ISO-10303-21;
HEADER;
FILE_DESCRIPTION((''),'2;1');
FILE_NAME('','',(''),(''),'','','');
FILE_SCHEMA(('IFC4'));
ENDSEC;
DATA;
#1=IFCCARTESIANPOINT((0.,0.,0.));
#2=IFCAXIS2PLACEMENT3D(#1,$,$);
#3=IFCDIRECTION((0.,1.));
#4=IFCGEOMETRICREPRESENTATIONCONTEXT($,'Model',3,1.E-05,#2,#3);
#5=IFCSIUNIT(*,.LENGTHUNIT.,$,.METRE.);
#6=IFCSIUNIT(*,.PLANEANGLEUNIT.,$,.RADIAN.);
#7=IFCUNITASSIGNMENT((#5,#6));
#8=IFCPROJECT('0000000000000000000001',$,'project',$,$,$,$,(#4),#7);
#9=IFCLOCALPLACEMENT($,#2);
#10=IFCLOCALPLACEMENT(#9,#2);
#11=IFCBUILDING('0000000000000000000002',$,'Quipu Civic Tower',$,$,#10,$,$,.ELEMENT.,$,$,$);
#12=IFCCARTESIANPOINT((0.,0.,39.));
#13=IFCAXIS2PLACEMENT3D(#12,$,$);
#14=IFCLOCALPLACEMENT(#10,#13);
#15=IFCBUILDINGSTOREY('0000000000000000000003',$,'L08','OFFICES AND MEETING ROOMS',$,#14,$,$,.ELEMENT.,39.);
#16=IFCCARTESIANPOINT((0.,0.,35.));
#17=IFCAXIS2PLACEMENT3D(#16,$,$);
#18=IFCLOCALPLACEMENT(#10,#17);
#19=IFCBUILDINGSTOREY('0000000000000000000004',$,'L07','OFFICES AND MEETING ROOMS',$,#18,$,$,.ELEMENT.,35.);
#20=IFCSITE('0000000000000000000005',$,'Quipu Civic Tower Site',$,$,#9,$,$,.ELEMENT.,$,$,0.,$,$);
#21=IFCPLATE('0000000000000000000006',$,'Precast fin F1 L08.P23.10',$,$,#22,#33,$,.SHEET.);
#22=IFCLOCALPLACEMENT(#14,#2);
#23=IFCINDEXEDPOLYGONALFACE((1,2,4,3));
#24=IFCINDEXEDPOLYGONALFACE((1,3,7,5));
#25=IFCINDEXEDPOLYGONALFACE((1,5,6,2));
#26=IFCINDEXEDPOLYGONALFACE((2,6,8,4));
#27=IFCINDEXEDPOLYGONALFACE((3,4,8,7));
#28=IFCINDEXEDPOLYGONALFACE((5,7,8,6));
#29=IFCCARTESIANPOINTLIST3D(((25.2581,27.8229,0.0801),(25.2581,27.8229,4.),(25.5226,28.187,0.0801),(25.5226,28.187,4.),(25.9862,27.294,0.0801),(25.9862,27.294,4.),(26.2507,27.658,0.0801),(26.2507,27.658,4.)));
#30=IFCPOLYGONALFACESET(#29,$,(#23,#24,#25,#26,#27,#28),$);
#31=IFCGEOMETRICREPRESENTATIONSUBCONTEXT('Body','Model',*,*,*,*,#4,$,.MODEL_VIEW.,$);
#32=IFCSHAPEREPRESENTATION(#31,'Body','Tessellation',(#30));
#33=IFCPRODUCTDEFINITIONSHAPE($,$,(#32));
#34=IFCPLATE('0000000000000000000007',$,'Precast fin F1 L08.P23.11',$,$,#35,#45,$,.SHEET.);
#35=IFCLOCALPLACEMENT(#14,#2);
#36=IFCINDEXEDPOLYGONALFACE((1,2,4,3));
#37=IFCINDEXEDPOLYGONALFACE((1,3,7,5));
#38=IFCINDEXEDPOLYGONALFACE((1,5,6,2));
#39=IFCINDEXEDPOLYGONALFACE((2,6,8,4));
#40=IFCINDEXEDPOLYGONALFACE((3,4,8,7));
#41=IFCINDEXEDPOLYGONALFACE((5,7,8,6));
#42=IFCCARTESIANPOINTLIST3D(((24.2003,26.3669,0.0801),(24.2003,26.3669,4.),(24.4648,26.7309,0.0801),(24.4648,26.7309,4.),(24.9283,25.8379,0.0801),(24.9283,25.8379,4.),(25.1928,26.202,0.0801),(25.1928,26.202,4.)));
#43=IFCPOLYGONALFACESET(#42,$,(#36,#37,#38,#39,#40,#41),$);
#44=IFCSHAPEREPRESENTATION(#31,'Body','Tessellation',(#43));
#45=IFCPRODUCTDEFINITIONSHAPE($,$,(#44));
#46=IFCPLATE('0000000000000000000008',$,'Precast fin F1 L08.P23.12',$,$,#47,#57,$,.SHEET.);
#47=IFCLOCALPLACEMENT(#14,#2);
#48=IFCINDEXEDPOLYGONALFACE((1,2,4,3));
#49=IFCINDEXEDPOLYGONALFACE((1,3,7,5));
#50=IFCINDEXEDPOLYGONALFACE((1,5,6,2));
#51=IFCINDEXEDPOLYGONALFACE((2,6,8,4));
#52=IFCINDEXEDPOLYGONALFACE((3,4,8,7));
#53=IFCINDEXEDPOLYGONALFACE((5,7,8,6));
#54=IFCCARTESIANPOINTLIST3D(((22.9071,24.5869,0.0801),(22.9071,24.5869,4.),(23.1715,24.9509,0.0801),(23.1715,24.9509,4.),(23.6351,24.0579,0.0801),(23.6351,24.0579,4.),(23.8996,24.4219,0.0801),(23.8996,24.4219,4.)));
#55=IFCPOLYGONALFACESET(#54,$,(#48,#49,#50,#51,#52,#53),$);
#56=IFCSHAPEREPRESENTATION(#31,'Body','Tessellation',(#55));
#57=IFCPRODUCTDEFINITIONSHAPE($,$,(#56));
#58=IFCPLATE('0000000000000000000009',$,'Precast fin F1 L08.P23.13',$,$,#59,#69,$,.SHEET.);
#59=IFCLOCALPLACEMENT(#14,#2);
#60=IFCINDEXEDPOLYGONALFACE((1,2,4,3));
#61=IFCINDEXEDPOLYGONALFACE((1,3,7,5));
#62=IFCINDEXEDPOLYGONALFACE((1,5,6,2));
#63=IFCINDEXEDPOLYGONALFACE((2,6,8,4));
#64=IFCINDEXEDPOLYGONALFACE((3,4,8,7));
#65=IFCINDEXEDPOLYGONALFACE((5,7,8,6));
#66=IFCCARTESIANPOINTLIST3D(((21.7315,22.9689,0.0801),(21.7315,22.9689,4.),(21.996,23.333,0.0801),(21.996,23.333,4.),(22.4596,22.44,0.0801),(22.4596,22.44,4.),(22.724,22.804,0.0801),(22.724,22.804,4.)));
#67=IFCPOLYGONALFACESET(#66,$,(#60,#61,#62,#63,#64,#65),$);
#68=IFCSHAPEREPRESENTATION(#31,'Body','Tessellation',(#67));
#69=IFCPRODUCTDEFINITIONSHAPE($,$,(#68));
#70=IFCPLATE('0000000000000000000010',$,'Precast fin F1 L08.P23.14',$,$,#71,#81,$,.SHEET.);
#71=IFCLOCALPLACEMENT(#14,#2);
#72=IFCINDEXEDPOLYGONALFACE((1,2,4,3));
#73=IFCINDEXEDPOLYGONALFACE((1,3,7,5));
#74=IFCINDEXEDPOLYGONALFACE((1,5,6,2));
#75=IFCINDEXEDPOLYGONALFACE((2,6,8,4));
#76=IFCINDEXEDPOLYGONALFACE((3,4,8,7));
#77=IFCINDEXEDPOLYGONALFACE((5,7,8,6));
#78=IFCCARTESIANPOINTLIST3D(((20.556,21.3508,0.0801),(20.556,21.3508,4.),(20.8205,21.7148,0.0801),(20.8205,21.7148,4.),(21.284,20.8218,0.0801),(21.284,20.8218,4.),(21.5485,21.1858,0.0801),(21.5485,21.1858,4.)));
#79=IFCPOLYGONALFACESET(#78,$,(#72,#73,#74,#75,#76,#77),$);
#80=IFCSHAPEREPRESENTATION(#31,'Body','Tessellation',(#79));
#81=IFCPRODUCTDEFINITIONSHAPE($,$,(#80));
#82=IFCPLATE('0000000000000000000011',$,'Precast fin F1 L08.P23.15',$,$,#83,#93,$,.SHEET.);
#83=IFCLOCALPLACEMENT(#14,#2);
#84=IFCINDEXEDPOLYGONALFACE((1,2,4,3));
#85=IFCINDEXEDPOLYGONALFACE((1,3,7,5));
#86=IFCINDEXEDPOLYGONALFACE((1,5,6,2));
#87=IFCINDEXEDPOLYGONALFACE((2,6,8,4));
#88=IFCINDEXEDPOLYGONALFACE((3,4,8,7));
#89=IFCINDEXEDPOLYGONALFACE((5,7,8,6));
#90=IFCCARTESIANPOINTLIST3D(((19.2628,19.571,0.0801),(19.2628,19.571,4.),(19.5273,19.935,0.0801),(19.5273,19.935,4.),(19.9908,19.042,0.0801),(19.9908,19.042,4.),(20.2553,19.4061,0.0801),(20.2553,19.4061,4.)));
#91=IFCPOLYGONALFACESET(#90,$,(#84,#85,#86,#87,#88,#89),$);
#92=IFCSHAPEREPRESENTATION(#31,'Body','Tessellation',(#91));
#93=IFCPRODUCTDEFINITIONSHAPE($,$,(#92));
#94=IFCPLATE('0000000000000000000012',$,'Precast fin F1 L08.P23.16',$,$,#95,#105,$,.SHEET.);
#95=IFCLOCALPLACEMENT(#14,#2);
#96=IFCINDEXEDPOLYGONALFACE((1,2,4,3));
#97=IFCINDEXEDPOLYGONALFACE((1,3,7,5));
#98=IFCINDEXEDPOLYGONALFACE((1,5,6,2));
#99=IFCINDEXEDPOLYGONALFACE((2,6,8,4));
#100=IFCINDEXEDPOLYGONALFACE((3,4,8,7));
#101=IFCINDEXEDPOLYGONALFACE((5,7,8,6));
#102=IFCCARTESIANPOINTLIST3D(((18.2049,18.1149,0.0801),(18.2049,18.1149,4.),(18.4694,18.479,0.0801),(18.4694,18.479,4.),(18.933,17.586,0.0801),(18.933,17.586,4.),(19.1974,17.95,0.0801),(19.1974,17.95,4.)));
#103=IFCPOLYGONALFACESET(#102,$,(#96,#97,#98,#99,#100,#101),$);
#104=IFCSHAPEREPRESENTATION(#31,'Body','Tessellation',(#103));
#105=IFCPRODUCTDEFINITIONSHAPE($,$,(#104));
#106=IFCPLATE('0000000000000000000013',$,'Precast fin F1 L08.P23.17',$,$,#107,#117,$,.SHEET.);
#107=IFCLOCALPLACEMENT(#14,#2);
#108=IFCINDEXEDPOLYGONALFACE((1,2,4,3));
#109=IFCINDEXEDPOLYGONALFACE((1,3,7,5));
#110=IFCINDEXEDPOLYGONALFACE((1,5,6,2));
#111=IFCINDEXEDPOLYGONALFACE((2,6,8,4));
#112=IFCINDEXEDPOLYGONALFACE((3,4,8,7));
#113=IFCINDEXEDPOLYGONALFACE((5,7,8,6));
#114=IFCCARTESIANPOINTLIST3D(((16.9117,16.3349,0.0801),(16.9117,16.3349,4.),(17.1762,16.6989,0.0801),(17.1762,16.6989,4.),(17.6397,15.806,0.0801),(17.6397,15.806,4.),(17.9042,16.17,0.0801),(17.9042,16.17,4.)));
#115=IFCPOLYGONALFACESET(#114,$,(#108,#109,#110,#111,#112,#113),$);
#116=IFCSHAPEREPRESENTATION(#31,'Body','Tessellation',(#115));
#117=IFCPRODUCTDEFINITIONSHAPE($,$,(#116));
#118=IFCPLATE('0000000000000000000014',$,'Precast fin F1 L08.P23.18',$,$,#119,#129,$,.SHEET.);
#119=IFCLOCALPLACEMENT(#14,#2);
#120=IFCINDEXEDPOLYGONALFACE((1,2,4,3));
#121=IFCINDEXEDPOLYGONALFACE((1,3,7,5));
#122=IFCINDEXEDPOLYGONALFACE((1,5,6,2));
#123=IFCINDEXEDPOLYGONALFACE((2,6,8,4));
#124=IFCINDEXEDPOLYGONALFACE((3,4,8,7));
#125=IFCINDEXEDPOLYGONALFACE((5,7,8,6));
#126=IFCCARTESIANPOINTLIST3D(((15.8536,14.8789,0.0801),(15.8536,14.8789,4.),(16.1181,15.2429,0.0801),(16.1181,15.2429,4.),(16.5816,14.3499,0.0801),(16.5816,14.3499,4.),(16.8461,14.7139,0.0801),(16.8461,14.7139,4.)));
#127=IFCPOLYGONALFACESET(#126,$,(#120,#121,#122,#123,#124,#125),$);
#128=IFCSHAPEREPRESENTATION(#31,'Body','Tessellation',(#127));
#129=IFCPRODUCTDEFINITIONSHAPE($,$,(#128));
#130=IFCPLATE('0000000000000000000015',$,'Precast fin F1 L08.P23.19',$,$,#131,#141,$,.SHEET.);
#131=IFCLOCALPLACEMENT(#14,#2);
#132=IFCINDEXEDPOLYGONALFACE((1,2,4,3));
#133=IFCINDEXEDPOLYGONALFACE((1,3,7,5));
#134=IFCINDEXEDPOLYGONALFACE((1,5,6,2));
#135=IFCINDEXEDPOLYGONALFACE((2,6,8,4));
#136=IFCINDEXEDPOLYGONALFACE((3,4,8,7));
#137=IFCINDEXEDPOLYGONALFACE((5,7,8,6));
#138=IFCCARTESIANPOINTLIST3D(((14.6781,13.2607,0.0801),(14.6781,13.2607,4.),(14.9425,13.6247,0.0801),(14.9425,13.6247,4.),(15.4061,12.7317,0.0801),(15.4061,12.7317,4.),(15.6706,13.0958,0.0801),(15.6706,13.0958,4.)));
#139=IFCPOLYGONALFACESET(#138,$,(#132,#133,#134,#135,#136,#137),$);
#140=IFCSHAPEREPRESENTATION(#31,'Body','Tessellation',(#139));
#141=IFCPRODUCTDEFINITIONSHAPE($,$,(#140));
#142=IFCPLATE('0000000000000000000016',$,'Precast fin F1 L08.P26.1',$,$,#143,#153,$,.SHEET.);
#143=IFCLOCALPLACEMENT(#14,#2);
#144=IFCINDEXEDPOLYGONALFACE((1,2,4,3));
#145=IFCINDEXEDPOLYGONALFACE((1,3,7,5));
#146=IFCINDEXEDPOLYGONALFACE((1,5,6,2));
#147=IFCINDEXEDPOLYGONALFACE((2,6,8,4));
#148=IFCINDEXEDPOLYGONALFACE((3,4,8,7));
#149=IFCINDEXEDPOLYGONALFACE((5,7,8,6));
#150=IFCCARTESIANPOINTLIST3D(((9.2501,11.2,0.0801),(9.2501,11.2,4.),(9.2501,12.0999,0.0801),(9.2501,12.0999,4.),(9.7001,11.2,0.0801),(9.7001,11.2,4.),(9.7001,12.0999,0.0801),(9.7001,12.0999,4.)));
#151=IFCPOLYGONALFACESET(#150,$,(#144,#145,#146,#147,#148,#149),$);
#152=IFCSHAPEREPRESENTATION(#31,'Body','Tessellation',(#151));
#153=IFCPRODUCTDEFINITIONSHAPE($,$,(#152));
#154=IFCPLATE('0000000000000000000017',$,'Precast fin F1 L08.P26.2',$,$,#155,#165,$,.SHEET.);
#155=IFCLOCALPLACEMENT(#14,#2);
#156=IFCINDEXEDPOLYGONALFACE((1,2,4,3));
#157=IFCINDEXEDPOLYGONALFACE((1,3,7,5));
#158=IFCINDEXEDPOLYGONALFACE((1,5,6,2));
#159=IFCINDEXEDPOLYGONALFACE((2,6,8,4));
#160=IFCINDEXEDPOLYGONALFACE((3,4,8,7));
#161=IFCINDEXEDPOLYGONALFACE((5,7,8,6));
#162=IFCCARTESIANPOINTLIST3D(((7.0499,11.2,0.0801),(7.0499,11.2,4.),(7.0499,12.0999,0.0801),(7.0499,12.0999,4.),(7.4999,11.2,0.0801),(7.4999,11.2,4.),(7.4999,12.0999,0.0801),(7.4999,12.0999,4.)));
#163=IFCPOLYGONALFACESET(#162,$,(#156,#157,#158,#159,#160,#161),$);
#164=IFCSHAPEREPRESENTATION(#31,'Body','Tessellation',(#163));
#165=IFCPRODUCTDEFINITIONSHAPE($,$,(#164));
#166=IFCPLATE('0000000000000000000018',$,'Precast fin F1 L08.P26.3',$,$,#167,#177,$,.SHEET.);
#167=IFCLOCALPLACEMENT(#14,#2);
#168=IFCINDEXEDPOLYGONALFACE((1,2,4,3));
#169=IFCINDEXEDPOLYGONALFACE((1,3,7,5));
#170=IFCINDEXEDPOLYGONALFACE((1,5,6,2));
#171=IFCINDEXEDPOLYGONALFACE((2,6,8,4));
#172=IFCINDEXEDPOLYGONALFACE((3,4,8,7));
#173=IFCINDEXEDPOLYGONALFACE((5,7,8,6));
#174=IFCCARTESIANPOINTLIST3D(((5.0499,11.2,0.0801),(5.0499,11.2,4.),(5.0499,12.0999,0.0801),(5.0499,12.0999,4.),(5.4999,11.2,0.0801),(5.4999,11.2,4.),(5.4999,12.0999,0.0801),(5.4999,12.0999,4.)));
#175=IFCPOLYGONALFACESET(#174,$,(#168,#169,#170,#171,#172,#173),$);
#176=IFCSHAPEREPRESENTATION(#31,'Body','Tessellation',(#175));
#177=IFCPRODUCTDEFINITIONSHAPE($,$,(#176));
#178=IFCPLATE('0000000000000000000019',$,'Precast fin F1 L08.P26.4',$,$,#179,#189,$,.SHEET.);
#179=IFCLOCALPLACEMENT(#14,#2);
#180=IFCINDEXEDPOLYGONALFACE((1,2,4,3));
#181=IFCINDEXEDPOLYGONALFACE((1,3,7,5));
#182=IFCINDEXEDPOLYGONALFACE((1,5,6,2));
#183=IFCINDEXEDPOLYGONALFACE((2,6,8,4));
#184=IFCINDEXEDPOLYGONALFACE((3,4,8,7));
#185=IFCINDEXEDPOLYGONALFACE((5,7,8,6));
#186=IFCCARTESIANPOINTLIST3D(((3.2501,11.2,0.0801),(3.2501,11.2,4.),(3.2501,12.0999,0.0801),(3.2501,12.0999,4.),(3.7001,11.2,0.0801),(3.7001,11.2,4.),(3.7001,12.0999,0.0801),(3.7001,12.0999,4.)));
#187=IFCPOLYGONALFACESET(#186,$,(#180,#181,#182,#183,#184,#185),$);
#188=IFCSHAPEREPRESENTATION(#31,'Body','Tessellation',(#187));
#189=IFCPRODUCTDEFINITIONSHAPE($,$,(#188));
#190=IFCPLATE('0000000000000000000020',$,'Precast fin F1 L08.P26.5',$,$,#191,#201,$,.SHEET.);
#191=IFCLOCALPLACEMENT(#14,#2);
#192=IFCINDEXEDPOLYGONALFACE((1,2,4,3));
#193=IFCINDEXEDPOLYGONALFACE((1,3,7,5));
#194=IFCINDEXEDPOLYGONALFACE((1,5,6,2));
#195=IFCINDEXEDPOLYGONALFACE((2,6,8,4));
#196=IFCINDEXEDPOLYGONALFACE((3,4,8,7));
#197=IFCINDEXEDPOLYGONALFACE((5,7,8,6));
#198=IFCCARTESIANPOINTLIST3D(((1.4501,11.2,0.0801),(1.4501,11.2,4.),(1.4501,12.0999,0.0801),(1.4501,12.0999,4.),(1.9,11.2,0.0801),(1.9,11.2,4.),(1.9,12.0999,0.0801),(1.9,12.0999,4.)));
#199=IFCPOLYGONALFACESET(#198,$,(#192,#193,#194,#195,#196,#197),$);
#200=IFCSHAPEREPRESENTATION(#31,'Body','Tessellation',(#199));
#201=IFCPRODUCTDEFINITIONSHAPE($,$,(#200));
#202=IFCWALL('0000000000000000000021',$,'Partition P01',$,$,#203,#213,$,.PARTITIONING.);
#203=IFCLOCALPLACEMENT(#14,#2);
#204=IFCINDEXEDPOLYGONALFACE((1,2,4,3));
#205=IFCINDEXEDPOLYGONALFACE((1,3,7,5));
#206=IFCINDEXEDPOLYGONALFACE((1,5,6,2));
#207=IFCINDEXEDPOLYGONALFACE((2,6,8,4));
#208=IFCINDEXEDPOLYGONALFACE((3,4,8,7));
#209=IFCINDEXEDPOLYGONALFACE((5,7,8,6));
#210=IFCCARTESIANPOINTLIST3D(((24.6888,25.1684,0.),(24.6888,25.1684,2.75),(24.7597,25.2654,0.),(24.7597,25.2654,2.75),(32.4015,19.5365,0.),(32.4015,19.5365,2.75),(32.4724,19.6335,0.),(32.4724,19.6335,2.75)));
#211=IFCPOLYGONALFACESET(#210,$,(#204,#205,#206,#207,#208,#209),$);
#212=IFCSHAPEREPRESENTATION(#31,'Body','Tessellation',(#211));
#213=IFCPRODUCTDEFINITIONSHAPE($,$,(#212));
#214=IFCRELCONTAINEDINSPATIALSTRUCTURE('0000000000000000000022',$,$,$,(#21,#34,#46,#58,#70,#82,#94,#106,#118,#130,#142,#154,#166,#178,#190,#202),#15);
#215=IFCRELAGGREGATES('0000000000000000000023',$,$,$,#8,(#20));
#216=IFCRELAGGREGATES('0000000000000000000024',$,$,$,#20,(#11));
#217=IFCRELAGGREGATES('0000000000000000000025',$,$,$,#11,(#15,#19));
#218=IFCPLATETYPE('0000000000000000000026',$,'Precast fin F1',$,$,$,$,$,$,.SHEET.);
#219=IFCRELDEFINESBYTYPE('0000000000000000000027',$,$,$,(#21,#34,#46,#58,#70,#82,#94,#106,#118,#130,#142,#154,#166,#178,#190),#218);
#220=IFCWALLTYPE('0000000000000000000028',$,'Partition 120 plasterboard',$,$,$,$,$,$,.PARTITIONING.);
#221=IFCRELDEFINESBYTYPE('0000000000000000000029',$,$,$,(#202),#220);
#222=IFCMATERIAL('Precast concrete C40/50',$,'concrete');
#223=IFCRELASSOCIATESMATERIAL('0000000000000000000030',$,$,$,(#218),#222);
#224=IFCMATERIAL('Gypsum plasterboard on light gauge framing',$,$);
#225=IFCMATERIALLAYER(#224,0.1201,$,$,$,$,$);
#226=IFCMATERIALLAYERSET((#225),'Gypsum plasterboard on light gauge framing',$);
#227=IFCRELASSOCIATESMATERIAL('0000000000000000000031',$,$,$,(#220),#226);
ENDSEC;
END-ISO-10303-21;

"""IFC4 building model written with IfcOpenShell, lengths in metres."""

from ifc_helpers import new_model, si_unit, direction, frame, frame_2d, origin, origin_2d, place, context, subcontext, project, spatial, rectangle, extrude, material, layer, layer_set, type_object, element, save


model = new_model("IFC4")

# Units and contexts
model_context = context("Model", 3, precision=1e-05, world=origin(), true_north=direction((0.0, 1.0)))
body_context = subcontext(model_context, "Body", "Model", "MODEL_VIEW")
ifc_project = project(units=[si_unit("LENGTHUNIT", "METRE"), si_unit("PLANEANGLEUNIT", "RADIAN")], contexts=[model_context])

# Site, building, storey
site_placement = place(None, origin())
site = spatial("IfcSite", under=ifc_project, at=site_placement, Name="Quipu Civic Tower Site", CompositionType="ELEMENT", RefElevation=0.0)
building_placement = place(site_placement, origin())
building = spatial("IfcBuilding", under=site, at=building_placement, Name="Quipu Civic Tower", CompositionType="ELEMENT")
storey_1_placement = place(building_placement, frame((0.0, 0.0, 39.0)))
storey_1 = spatial("IfcBuildingStorey", under=building, at=storey_1_placement, Name="L08", Description="OFFICES AND MEETING ROOMS", CompositionType="ELEMENT", Elevation=39.0)

# Shared definitions
storey_2_placement = place(building_placement, frame((0.0, 0.0, 35.0)))
storey_2 = spatial("IfcBuildingStorey", under=building, at=storey_2_placement, Name="L07", Description="OFFICES AND MEETING ROOMS", CompositionType="ELEMENT", Elevation=35.0)

# Plates
ifc_material_1 = material(Name="Precast concrete C40/50", Category="concrete")
plate_type_1 = type_object("IfcPlateType", Name="Precast fin F1", PredefinedType="SHEET", material=ifc_material_1)
for number, where, z_axis, x_axis, name in (
    (1, (25.7544, 27.7405, 0.0801), (0.0, 0.0, 1.0), (-0.587785, -0.809017, 0.0), "Precast fin F1 L08.P23.10"),
    (2, (24.6965, 26.2844, 0.0801), (0.0, 0.0, 1.0), (-0.587785, -0.809017, 0.0), "Precast fin F1 L08.P23.11"),
    (3, (23.4033, 24.5044, 0.0801), (0.0, 0.0, 1.0), (-0.587785, -0.809017, 0.0), "Precast fin F1 L08.P23.12"),
    (4, (22.2278, 22.8865, 0.0801), (0.0, 0.0, 1.0), (-0.587785, -0.809017, 0.0), "Precast fin F1 L08.P23.13"),
    (5, (21.0522, 21.2683, 0.0801), (0.0, 0.0, 1.0), (-0.587785, -0.809017, 0.0), "Precast fin F1 L08.P23.14"),
    (6, (19.759, 19.4885, 0.0801), (0.0, 0.0, 1.0), (-0.587785, -0.809017, 0.0), "Precast fin F1 L08.P23.15"),
    (7, (18.7012, 18.0325, 0.0801), (0.0, 0.0, 1.0), (-0.587785, -0.809017, 0.0), "Precast fin F1 L08.P23.16"),
    (8, (17.408, 16.2524, 0.0801), (0.0, 0.0, 1.0), (-0.587785, -0.809017, 0.0), "Precast fin F1 L08.P23.17"),
    (9, (16.3499, 14.7964, 0.0801), (0.0, 0.0, 1.0), (-0.587785, -0.809017, 0.0), "Precast fin F1 L08.P23.18"),
    (10, (15.1743, 13.1782, 0.0801), (0.0, 0.0, 1.0), (-0.587785, -0.809017, 0.0), "Precast fin F1 L08.P23.19"),
    (11, (9.4751, 11.6499, 0.0801), (0.0, 0.0, 1.0), (-1.0, 0.0, 0.0), "Precast fin F1 L08.P26.1"),
    (12, (7.2749, 11.6499, 0.0801), (0.0, 0.0, 1.0), (-1.0, 0.0, 0.0), "Precast fin F1 L08.P26.2"),
    (13, (5.2749, 11.6499, 0.0801), (0.0, 0.0, 1.0), (-1.0, 0.0, 0.0), "Precast fin F1 L08.P26.3"),
    (14, (3.4751, 11.6499, 0.0801), (0.0, 0.0, 1.0), (-1.0, 0.0, 0.0), "Precast fin F1 L08.P26.4"),
    (15, (1.675, 11.6499, 0.0801), (0.0, 0.0, 1.0), (-1.0, 0.0, 0.0), "Precast fin F1 L08.P26.5"),
):
    element("IfcPlate", number, at=place(storey_1_placement, frame(where, z_axis=z_axis, x_axis=x_axis)), inside=storey_1, type_object=plate_type_1, Name=name, PredefinedType="SHEET", context=body_context, shape_type="SweptSolid", body=[
        extrude(rectangle(XDim=0.45, YDim=0.8999, at=origin_2d()), origin(), (0.0, 0.0, 1.0), 3.9199),
    ])

# Wall
ifc_material_2 = material(Name="Gypsum plasterboard on light gauge framing")
ifc_layer_1 = layer(ifc_material_2, 0.1201)
ifc_layer_set_1 = layer_set([ifc_layer_1], Name="Gypsum plasterboard on light gauge framing")
wall_type = type_object("IfcWallType", Name="Partition 120 plasterboard", PredefinedType="PARTITIONING", material=ifc_layer_set_1)
wall_placement = place(storey_1_placement, frame((24.7244, 25.2168, 0.0), z_axis=(0.0, 0.0, 1.0), x_axis=(0.807607, -0.589721, 0.0)))
element("IfcWall", 16, at=wall_placement, inside=storey_1, type_object=wall_type, Name="Partition P01", PredefinedType="PARTITIONING", context=body_context, shape_type="SweptSolid", body=[
    extrude(rectangle(XDim=9.55, YDim=0.1201, at=frame_2d((4.7749, 0.0))), origin(), (0.0, 0.0, 1.0), 2.75),
])

save(model, "model.ifc")
